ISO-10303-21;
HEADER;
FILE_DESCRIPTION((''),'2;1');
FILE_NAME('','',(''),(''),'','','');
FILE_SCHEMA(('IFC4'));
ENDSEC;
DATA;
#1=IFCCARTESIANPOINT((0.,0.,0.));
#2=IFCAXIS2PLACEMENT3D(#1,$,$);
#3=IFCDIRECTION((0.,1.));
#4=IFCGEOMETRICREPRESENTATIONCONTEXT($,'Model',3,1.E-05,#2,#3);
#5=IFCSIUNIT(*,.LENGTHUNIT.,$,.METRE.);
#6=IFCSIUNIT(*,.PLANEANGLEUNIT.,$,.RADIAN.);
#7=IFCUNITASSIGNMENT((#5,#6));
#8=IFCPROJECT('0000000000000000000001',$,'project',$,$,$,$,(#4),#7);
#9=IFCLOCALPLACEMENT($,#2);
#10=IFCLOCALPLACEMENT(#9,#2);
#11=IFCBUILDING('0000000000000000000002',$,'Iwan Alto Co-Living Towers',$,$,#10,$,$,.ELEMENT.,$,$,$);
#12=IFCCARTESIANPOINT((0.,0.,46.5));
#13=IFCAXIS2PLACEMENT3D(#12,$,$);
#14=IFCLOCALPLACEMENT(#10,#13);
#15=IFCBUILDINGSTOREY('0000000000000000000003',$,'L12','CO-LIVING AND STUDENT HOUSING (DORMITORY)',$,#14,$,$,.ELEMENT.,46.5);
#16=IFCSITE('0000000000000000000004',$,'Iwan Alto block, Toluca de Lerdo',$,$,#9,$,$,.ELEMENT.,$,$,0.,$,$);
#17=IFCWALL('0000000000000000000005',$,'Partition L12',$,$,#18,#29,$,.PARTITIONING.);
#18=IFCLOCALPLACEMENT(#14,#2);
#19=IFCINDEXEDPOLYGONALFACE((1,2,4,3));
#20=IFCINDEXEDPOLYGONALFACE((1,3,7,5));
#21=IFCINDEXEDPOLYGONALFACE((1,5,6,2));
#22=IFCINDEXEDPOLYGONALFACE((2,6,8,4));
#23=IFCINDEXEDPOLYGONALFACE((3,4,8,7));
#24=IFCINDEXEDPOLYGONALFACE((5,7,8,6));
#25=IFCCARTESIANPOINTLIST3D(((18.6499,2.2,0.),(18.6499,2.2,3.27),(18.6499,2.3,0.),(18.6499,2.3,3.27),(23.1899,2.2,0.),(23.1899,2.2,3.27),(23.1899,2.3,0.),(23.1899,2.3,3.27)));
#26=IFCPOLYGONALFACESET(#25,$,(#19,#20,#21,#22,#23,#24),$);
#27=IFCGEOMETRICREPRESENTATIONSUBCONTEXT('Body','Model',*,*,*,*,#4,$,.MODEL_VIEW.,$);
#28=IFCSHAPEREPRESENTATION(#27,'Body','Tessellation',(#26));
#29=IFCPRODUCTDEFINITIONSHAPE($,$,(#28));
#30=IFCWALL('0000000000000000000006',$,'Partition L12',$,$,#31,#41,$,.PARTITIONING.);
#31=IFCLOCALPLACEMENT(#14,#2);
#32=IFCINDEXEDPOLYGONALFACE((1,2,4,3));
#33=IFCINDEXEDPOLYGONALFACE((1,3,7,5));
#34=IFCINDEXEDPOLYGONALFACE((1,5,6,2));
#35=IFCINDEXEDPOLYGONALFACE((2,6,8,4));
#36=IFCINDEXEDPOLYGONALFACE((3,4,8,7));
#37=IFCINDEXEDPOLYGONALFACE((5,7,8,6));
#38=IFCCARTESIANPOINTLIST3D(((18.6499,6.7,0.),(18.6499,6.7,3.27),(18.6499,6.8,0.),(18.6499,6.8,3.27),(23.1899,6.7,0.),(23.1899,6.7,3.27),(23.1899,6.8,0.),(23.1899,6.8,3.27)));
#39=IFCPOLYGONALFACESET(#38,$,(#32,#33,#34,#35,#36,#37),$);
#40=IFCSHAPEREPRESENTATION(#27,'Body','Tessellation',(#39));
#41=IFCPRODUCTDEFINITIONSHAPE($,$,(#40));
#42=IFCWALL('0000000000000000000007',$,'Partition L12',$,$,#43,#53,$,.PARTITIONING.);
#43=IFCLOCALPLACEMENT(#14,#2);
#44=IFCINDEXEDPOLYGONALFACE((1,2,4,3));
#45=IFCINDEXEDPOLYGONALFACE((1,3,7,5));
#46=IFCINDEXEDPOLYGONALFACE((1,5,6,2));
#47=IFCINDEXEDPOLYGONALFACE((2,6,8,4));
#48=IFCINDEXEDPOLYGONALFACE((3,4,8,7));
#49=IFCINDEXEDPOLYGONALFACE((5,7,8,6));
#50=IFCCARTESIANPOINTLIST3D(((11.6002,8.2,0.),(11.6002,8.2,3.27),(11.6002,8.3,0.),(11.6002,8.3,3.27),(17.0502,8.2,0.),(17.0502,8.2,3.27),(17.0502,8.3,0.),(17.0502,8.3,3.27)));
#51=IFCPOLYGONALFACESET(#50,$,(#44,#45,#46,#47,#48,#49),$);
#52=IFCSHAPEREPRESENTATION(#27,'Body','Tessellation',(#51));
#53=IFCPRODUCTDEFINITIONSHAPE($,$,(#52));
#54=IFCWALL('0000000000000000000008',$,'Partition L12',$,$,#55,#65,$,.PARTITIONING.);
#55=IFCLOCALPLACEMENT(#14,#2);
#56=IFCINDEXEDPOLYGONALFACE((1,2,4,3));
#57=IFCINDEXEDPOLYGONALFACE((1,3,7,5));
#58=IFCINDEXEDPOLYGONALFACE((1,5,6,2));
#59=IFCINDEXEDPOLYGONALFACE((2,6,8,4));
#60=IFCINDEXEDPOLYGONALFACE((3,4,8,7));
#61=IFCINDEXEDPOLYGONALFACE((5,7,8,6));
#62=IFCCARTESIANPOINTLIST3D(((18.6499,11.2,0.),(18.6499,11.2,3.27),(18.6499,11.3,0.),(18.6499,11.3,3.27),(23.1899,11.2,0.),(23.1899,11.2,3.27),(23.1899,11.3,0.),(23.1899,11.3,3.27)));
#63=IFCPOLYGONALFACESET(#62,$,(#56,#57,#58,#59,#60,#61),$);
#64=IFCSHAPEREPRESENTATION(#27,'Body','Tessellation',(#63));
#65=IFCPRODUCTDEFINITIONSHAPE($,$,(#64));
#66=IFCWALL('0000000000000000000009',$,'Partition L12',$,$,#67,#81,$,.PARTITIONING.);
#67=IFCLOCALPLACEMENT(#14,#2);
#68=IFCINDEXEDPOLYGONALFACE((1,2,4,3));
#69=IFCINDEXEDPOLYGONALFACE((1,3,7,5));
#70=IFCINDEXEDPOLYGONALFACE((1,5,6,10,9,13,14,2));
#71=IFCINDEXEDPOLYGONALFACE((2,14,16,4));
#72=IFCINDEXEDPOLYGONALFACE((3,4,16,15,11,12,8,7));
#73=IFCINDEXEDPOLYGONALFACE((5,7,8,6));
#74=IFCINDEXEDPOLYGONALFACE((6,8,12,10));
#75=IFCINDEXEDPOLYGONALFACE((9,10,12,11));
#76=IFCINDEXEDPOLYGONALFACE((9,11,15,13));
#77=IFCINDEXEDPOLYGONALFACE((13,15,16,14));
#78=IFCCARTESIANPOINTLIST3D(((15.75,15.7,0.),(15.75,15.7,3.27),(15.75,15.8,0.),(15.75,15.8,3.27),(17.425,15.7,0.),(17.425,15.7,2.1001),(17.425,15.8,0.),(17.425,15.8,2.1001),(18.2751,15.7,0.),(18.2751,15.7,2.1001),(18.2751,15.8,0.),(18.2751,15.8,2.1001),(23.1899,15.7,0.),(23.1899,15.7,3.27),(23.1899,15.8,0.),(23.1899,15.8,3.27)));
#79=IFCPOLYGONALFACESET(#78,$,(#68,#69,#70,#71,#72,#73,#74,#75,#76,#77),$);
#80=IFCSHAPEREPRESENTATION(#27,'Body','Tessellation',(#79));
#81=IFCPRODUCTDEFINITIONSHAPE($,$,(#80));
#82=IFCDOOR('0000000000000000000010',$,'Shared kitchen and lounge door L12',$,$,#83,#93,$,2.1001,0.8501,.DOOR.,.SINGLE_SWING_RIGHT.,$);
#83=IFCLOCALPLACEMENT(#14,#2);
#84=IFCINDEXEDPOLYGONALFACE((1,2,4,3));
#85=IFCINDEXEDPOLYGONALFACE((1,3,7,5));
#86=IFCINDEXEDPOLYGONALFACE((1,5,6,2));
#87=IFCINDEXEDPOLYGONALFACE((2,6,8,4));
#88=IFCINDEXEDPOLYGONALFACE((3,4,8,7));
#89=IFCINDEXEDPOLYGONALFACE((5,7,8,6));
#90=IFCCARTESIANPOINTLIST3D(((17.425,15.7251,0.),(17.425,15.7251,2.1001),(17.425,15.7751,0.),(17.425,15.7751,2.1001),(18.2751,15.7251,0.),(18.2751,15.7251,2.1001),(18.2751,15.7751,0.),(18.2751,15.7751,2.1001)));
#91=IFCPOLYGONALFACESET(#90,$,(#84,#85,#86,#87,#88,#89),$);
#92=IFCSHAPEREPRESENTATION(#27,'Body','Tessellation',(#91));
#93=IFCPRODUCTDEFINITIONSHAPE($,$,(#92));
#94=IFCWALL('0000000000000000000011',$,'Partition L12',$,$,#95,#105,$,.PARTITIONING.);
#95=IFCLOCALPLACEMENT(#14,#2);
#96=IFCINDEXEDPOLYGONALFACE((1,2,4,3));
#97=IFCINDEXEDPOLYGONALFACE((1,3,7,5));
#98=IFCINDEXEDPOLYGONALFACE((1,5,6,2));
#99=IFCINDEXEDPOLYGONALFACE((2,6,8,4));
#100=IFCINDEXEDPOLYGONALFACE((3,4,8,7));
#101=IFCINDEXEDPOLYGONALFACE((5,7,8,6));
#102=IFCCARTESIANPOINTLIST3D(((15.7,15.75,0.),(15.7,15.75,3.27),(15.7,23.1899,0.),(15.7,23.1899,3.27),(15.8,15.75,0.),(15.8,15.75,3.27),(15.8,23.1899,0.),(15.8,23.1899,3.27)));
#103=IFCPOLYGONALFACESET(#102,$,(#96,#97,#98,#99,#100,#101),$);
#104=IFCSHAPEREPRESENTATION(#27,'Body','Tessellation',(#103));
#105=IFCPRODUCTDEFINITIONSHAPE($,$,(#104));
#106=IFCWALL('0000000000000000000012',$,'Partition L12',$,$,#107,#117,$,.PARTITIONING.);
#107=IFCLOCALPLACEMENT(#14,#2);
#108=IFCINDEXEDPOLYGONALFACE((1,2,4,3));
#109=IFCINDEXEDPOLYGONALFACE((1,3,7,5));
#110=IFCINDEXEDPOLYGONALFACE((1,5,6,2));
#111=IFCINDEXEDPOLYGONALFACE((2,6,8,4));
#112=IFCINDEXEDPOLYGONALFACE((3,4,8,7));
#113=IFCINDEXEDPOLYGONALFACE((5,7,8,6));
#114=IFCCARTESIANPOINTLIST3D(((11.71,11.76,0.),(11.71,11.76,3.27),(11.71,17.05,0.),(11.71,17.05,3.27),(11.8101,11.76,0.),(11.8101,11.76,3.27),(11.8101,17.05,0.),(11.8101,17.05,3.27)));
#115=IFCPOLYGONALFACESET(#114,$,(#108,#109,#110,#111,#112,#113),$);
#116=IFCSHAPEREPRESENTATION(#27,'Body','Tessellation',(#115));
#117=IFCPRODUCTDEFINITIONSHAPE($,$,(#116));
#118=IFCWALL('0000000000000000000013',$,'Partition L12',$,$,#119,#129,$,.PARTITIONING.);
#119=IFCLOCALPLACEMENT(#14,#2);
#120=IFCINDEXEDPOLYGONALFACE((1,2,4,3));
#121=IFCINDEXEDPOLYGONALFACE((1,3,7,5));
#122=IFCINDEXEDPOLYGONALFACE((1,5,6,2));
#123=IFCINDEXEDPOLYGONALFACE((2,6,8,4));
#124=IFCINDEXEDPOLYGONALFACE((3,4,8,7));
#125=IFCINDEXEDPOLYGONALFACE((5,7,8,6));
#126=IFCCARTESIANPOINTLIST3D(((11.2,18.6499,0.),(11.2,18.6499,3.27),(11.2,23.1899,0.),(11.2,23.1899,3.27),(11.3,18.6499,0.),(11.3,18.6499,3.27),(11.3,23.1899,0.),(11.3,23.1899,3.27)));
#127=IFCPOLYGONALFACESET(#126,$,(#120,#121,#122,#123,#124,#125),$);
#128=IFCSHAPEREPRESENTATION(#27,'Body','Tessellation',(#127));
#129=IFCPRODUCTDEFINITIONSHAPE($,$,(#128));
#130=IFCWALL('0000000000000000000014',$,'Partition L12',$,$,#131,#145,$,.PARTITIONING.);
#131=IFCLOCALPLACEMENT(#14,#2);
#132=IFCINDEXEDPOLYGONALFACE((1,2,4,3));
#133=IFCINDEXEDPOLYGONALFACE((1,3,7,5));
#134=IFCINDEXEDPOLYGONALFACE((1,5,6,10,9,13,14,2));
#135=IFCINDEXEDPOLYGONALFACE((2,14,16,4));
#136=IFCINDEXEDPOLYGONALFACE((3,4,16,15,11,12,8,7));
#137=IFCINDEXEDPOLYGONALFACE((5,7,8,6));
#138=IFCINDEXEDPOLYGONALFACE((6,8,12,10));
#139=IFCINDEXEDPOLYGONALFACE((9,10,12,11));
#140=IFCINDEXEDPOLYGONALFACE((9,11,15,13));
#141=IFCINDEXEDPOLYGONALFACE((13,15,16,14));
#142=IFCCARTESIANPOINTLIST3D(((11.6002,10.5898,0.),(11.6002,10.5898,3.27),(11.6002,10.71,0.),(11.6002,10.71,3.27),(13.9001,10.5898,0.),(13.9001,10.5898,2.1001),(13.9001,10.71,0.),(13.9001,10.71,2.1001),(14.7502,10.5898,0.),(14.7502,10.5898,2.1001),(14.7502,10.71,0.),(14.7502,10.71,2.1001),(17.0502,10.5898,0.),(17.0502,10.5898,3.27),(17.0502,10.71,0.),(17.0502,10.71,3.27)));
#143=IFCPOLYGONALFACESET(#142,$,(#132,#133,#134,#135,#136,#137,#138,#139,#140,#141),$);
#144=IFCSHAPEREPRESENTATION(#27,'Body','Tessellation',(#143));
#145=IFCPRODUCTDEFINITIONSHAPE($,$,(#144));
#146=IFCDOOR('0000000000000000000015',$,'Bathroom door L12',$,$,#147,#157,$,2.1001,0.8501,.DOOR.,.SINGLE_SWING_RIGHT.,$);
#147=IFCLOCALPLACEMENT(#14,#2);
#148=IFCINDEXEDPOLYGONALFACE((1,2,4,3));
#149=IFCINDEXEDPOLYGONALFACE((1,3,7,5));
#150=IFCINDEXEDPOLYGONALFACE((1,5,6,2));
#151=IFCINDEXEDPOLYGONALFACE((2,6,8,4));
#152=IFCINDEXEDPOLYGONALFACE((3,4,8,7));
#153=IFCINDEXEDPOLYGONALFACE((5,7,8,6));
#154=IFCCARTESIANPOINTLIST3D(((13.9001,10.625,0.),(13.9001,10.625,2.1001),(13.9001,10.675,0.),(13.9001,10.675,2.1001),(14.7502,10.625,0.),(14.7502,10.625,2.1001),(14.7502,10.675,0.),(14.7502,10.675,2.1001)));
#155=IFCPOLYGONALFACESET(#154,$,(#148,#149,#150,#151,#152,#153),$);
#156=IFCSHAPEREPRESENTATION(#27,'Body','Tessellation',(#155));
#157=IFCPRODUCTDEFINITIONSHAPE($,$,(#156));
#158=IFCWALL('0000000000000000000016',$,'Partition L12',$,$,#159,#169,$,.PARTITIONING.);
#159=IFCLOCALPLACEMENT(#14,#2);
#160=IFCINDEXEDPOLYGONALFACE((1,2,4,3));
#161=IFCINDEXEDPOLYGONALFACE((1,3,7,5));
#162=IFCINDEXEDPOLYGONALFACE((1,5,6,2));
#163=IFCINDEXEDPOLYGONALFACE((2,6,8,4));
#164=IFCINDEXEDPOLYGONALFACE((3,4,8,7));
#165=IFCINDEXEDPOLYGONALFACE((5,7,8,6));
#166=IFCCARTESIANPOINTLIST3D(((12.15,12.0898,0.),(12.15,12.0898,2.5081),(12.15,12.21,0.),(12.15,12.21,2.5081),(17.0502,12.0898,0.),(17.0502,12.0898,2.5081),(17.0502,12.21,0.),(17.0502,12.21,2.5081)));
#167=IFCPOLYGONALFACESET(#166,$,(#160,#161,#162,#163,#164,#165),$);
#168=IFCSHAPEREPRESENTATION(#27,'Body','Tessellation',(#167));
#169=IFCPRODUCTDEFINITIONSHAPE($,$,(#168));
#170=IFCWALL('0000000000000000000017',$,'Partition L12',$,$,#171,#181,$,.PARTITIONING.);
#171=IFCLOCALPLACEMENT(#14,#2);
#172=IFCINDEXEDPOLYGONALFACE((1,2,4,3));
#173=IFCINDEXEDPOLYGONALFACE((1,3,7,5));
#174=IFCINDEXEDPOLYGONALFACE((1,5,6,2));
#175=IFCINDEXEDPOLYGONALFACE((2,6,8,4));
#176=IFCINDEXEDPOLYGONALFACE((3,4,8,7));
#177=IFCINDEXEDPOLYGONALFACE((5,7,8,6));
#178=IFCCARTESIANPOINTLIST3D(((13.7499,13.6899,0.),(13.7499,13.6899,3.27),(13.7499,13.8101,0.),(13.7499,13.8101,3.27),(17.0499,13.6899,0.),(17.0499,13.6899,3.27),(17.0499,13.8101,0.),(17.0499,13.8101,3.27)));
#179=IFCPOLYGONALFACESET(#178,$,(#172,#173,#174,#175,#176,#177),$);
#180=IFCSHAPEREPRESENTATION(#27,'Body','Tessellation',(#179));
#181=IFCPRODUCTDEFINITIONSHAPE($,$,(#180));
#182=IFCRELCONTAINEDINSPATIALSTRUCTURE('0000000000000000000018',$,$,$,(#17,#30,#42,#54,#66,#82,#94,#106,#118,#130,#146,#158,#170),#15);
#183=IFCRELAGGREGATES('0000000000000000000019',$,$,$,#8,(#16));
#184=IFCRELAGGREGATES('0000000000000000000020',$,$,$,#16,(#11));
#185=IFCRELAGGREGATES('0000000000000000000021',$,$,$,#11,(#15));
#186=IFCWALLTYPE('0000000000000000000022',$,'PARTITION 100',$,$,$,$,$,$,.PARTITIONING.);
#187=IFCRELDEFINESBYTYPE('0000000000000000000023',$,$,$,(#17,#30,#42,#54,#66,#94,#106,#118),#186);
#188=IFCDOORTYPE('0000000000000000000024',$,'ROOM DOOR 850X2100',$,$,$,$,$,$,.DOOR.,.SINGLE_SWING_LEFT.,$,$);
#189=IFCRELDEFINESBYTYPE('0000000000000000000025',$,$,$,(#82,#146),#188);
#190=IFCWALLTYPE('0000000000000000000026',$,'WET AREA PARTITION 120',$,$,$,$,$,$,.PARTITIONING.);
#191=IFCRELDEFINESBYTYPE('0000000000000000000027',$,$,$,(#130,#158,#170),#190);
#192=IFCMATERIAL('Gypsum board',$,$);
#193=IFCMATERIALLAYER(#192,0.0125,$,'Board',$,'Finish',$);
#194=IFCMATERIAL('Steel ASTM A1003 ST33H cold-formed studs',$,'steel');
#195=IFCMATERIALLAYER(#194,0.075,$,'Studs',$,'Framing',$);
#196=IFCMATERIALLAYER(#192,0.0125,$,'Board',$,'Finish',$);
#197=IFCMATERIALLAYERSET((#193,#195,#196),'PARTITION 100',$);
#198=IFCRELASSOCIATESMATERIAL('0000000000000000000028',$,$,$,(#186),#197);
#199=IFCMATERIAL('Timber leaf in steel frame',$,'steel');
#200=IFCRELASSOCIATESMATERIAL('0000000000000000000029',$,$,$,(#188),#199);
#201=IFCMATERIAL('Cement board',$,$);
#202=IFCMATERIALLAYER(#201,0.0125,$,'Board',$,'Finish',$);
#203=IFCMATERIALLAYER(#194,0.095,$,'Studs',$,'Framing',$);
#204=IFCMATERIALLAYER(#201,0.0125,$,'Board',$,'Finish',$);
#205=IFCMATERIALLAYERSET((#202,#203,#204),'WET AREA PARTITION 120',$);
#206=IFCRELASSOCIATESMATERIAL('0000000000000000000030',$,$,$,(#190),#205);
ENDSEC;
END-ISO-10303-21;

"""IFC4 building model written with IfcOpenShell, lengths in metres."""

from ifc_helpers import new_model, si_unit, direction, frame, frame_2d, origin, place, context, subcontext, project, spatial, rectangle, extrude, material, layer, layer_set, type_object, element, fill, save


model = new_model("IFC4")

# Units and contexts
model_context = context("Model", 3, precision=1e-05, world=origin(), true_north=direction((0.0, 1.0)))
body_context = subcontext(model_context, "Body", "Model", "MODEL_VIEW")
ifc_project = project(units=[si_unit("LENGTHUNIT", "METRE"), si_unit("PLANEANGLEUNIT", "RADIAN")], contexts=[model_context])

# Site, building, storey
site_placement = place(None, origin())
site = spatial("IfcSite", under=ifc_project, at=site_placement, Name="Iwan Alto block, Toluca de Lerdo", CompositionType="ELEMENT", RefElevation=0.0)
building_placement = place(site_placement, origin())
building = spatial("IfcBuilding", under=site, at=building_placement, Name="Iwan Alto Co-Living Towers", CompositionType="ELEMENT")
storey_placement = place(building_placement, frame((0.0, 0.0, 46.5)))
storey = spatial("IfcBuildingStorey", under=building, at=storey_placement, Name="L12", Description="CO-LIVING AND STUDENT HOUSING (DORMITORY)", CompositionType="ELEMENT", Elevation=46.5)

# Walls
ifc_material_1 = material(Name="Gypsum board")
ifc_layer_1 = layer(ifc_material_1, 0.0125, Name="Board", Category="Finish")
ifc_material_2 = material(Name="Steel ASTM A1003 ST33H cold-formed studs", Category="steel")
ifc_layer_2 = layer(ifc_material_2, 0.075, Name="Studs", Category="Framing")
ifc_layer_3 = layer(ifc_material_1, 0.0125, Name="Board", Category="Finish")
ifc_layer_set_1 = layer_set([ifc_layer_1, ifc_layer_2, ifc_layer_3], Name="PARTITION 100")
wall_type_1 = type_object("IfcWallType", Name="PARTITION 100", PredefinedType="PARTITIONING", material=ifc_layer_set_1)
for number, where, z_axis, x_axis, name in (
    (1, (18.6499, 2.25, 0.0), (0.0, 0.0, 1.0), (1.0, 0.0, 0.0), "Partition L12"),
    (2, (18.6499, 6.75, 0.0), (0.0, 0.0, 1.0), (1.0, 0.0, 0.0), "Partition L12"),
):
    element("IfcWall", number, at=place(storey_placement, frame(where, z_axis=z_axis, x_axis=x_axis)), inside=storey, type_object=wall_type_1, Name=name, PredefinedType="PARTITIONING", context=body_context, shape_type="SweptSolid", body=[
        extrude(rectangle(XDim=4.54, YDim=0.1001, at=frame_2d((2.27, 0.0))), origin(), (0.0, 0.0, 1.0), 3.27),
    ])
wall_1_placement = place(storey_placement, frame((11.6001, 8.25, 0.0), z_axis=(0.0, 0.0, 1.0), x_axis=(1.0, 0.0, 0.0)))
element("IfcWall", 3, at=wall_1_placement, inside=storey, type_object=wall_type_1, Name="Partition L12", PredefinedType="PARTITIONING", context=body_context, shape_type="SweptSolid", body=[
    extrude(rectangle(XDim=5.45, YDim=0.1001, at=frame_2d((2.7251, 0.0))), origin(), (0.0, 0.0, 1.0), 3.27),
])
wall_2_placement = place(storey_placement, frame((18.6499, 11.25, 0.0), z_axis=(0.0, 0.0, 1.0), x_axis=(1.0, 0.0, 0.0)))
element("IfcWall", 4, at=wall_2_placement, inside=storey, type_object=wall_type_1, Name="Partition L12", PredefinedType="PARTITIONING", context=body_context, shape_type="SweptSolid", body=[
    extrude(rectangle(XDim=4.54, YDim=0.1001, at=frame_2d((2.27, 0.0))), origin(), (0.0, 0.0, 1.0), 3.27),
])

# Wall, opening, door
wall_3_placement = place(storey_placement, frame((15.75, 15.75, 0.0), z_axis=(0.0, 0.0, 1.0), x_axis=(1.0, 0.0, 0.0)))
wall_3 = element("IfcWall", 5, at=wall_3_placement, inside=storey, type_object=wall_type_1, Name="Partition L12", PredefinedType="PARTITIONING", context=body_context, shape_type="SweptSolid", body=[
    extrude(rectangle(XDim=7.4399, YDim=0.1001, at=frame_2d((3.72, 0.0))), origin(), (0.0, 0.0, 1.0), 3.27),
])
opening_1_placement = place(wall_3_placement, frame((1.675, 0.0, 0.0)))
opening_1 = element("IfcOpeningElement", 6, at=opening_1_placement, cuts=wall_3, PredefinedType="OPENING", context=body_context, shape_type="SweptSolid", body=[
    extrude(rectangle(XDim=0.8501, YDim=2.1001, at=frame_2d((0.425, 1.05))), frame((0.0, 0.0601, 0.0), z_axis=(0.0, -1.0, 0.0), x_axis=(1.0, 0.0, 0.0)), (0.0, 0.0, 1.0), 0.1201),
])
ifc_material_3 = material(Name="Timber leaf in steel frame", Category="steel")
door_type = type_object("IfcDoorType", Name="ROOM DOOR 850X2100", OperationType="SINGLE_SWING_LEFT", PredefinedType="DOOR", material=ifc_material_3)
door_1_placement = place(opening_1_placement, frame((0.8501, 0.0, 0.0), z_axis=(0.0, 0.0, 1.0), x_axis=(-1.0, 0.0, 0.0)))
door_1 = element("IfcDoor", 7, at=door_1_placement, inside=storey, type_object=door_type, Name="Shared kitchen and lounge door L12", OperationType="SINGLE_SWING_RIGHT", OverallHeight=2.1001, OverallWidth=0.8501, PredefinedType="DOOR", context=body_context, shape_type="SweptSolid", body=[
    extrude(rectangle(XDim=0.8501, YDim=2.1001, at=frame_2d((0.425, 1.05))), frame((0.0, 0.0249, 0.0), z_axis=(0.0, -1.0, 0.0), x_axis=(1.0, 0.0, 0.0)), (0.0, 0.0, 1.0), 0.05),
])
fill(opening_1, door_1)

# Walls
wall_4_placement = place(storey_placement, frame((15.75, 15.75, 0.0), z_axis=(0.0, 0.0, 1.0), x_axis=(0.0, 1.0, 0.0)))
element("IfcWall", 8, at=wall_4_placement, inside=storey, type_object=wall_type_1, Name="Partition L12", PredefinedType="PARTITIONING", context=body_context, shape_type="SweptSolid", body=[
    extrude(rectangle(XDim=7.4399, YDim=0.1001, at=frame_2d((3.72, 0.0))), origin(), (0.0, 0.0, 1.0), 3.27),
])
wall_5_placement = place(storey_placement, frame((11.76, 11.76, 0.0), z_axis=(0.0, 0.0, 1.0), x_axis=(0.0, 1.0, 0.0)))
element("IfcWall", 9, at=wall_5_placement, inside=storey, type_object=wall_type_1, Name="Partition L12", PredefinedType="PARTITIONING", context=body_context, shape_type="SweptSolid", body=[
    extrude(rectangle(XDim=5.29, YDim=0.1001, at=frame_2d((2.645, 0.0))), origin(), (0.0, 0.0, 1.0), 3.27),
])
wall_6_placement = place(storey_placement, frame((11.25, 18.6499, 0.0), z_axis=(0.0, 0.0, 1.0), x_axis=(0.0, 1.0, 0.0)))
element("IfcWall", 10, at=wall_6_placement, inside=storey, type_object=wall_type_1, Name="Partition L12", PredefinedType="PARTITIONING", context=body_context, shape_type="SweptSolid", body=[
    extrude(rectangle(XDim=4.54, YDim=0.1001, at=frame_2d((2.27, 0.0))), origin(), (0.0, 0.0, 1.0), 3.27),
])

# Wall, opening, door
ifc_material_4 = material(Name="Cement board")
ifc_layer_4 = layer(ifc_material_4, 0.0125, Name="Board", Category="Finish")
ifc_layer_5 = layer(ifc_material_2, 0.095, Name="Studs", Category="Framing")
ifc_layer_6 = layer(ifc_material_4, 0.0125, Name="Board", Category="Finish")
ifc_layer_set_2 = layer_set([ifc_layer_4, ifc_layer_5, ifc_layer_6], Name="WET AREA PARTITION 120")
wall_type_2 = type_object("IfcWallType", Name="WET AREA PARTITION 120", PredefinedType="PARTITIONING", material=ifc_layer_set_2)
wall_7_placement = place(storey_placement, frame((11.6001, 10.6499, 0.0), z_axis=(0.0, 0.0, 1.0), x_axis=(1.0, 0.0, 0.0)))
wall_7 = element("IfcWall", 11, at=wall_7_placement, inside=storey, type_object=wall_type_2, Name="Partition L12", PredefinedType="PARTITIONING", context=body_context, shape_type="SweptSolid", body=[
    extrude(rectangle(XDim=5.45, YDim=0.1201, at=frame_2d((2.7251, 0.0))), origin(), (0.0, 0.0, 1.0), 3.27),
])
opening_2_placement = place(wall_7_placement, frame((2.3, 0.0, 0.0)))
opening_2 = element("IfcOpeningElement", 12, at=opening_2_placement, cuts=wall_7, PredefinedType="OPENING", context=body_context, shape_type="SweptSolid", body=[
    extrude(rectangle(XDim=0.8501, YDim=2.1001, at=frame_2d((0.425, 1.05))), frame((0.0, 0.0701, 0.0), z_axis=(0.0, -1.0, 0.0), x_axis=(1.0, 0.0, 0.0)), (0.0, 0.0, 1.0), 0.1401),
])
door_2_placement = place(opening_2_placement, frame((0.8501, 0.0, 0.0), z_axis=(0.0, 0.0, 1.0), x_axis=(-1.0, 0.0, 0.0)))
door_2 = element("IfcDoor", 13, at=door_2_placement, inside=storey, type_object=door_type, Name="Bathroom door L12", OperationType="SINGLE_SWING_RIGHT", OverallHeight=2.1001, OverallWidth=0.8501, PredefinedType="DOOR", context=body_context, shape_type="SweptSolid", body=[
    extrude(rectangle(XDim=0.8501, YDim=2.1001, at=frame_2d((0.425, 1.05))), frame((0.0, 0.0249, 0.0), z_axis=(0.0, -1.0, 0.0), x_axis=(1.0, 0.0, 0.0)), (0.0, 0.0, 1.0), 0.05),
])
fill(opening_2, door_2)

# Walls
wall_8_placement = place(storey_placement, frame((12.1499, 12.1499, 0.0), z_axis=(0.0, 0.0, 1.0), x_axis=(1.0, 0.0, 0.0)))
element("IfcWall", 14, at=wall_8_placement, inside=storey, type_object=wall_type_2, Name="Partition L12", PredefinedType="PARTITIONING", context=body_context, shape_type="SweptSolid", body=[
    extrude(rectangle(XDim=4.9001, YDim=0.1201, at=frame_2d((2.4502, 0.0))), origin(), (0.0, 0.0, 1.0), 2.5081),
])
wall_9_placement = place(storey_placement, frame((13.75, 13.75, 0.0), z_axis=(0.0, 0.0, 1.0), x_axis=(1.0, 0.0, 0.0)))
element("IfcWall", 15, at=wall_9_placement, inside=storey, type_object=wall_type_2, Name="Partition L12", PredefinedType="PARTITIONING", context=body_context, shape_type="SweptSolid", body=[
    extrude(rectangle(XDim=3.3, YDim=0.1201, at=frame_2d((1.6499, 0.0))), origin(), (0.0, 0.0, 1.0), 3.27),
])

save(model, "model.ifc")
